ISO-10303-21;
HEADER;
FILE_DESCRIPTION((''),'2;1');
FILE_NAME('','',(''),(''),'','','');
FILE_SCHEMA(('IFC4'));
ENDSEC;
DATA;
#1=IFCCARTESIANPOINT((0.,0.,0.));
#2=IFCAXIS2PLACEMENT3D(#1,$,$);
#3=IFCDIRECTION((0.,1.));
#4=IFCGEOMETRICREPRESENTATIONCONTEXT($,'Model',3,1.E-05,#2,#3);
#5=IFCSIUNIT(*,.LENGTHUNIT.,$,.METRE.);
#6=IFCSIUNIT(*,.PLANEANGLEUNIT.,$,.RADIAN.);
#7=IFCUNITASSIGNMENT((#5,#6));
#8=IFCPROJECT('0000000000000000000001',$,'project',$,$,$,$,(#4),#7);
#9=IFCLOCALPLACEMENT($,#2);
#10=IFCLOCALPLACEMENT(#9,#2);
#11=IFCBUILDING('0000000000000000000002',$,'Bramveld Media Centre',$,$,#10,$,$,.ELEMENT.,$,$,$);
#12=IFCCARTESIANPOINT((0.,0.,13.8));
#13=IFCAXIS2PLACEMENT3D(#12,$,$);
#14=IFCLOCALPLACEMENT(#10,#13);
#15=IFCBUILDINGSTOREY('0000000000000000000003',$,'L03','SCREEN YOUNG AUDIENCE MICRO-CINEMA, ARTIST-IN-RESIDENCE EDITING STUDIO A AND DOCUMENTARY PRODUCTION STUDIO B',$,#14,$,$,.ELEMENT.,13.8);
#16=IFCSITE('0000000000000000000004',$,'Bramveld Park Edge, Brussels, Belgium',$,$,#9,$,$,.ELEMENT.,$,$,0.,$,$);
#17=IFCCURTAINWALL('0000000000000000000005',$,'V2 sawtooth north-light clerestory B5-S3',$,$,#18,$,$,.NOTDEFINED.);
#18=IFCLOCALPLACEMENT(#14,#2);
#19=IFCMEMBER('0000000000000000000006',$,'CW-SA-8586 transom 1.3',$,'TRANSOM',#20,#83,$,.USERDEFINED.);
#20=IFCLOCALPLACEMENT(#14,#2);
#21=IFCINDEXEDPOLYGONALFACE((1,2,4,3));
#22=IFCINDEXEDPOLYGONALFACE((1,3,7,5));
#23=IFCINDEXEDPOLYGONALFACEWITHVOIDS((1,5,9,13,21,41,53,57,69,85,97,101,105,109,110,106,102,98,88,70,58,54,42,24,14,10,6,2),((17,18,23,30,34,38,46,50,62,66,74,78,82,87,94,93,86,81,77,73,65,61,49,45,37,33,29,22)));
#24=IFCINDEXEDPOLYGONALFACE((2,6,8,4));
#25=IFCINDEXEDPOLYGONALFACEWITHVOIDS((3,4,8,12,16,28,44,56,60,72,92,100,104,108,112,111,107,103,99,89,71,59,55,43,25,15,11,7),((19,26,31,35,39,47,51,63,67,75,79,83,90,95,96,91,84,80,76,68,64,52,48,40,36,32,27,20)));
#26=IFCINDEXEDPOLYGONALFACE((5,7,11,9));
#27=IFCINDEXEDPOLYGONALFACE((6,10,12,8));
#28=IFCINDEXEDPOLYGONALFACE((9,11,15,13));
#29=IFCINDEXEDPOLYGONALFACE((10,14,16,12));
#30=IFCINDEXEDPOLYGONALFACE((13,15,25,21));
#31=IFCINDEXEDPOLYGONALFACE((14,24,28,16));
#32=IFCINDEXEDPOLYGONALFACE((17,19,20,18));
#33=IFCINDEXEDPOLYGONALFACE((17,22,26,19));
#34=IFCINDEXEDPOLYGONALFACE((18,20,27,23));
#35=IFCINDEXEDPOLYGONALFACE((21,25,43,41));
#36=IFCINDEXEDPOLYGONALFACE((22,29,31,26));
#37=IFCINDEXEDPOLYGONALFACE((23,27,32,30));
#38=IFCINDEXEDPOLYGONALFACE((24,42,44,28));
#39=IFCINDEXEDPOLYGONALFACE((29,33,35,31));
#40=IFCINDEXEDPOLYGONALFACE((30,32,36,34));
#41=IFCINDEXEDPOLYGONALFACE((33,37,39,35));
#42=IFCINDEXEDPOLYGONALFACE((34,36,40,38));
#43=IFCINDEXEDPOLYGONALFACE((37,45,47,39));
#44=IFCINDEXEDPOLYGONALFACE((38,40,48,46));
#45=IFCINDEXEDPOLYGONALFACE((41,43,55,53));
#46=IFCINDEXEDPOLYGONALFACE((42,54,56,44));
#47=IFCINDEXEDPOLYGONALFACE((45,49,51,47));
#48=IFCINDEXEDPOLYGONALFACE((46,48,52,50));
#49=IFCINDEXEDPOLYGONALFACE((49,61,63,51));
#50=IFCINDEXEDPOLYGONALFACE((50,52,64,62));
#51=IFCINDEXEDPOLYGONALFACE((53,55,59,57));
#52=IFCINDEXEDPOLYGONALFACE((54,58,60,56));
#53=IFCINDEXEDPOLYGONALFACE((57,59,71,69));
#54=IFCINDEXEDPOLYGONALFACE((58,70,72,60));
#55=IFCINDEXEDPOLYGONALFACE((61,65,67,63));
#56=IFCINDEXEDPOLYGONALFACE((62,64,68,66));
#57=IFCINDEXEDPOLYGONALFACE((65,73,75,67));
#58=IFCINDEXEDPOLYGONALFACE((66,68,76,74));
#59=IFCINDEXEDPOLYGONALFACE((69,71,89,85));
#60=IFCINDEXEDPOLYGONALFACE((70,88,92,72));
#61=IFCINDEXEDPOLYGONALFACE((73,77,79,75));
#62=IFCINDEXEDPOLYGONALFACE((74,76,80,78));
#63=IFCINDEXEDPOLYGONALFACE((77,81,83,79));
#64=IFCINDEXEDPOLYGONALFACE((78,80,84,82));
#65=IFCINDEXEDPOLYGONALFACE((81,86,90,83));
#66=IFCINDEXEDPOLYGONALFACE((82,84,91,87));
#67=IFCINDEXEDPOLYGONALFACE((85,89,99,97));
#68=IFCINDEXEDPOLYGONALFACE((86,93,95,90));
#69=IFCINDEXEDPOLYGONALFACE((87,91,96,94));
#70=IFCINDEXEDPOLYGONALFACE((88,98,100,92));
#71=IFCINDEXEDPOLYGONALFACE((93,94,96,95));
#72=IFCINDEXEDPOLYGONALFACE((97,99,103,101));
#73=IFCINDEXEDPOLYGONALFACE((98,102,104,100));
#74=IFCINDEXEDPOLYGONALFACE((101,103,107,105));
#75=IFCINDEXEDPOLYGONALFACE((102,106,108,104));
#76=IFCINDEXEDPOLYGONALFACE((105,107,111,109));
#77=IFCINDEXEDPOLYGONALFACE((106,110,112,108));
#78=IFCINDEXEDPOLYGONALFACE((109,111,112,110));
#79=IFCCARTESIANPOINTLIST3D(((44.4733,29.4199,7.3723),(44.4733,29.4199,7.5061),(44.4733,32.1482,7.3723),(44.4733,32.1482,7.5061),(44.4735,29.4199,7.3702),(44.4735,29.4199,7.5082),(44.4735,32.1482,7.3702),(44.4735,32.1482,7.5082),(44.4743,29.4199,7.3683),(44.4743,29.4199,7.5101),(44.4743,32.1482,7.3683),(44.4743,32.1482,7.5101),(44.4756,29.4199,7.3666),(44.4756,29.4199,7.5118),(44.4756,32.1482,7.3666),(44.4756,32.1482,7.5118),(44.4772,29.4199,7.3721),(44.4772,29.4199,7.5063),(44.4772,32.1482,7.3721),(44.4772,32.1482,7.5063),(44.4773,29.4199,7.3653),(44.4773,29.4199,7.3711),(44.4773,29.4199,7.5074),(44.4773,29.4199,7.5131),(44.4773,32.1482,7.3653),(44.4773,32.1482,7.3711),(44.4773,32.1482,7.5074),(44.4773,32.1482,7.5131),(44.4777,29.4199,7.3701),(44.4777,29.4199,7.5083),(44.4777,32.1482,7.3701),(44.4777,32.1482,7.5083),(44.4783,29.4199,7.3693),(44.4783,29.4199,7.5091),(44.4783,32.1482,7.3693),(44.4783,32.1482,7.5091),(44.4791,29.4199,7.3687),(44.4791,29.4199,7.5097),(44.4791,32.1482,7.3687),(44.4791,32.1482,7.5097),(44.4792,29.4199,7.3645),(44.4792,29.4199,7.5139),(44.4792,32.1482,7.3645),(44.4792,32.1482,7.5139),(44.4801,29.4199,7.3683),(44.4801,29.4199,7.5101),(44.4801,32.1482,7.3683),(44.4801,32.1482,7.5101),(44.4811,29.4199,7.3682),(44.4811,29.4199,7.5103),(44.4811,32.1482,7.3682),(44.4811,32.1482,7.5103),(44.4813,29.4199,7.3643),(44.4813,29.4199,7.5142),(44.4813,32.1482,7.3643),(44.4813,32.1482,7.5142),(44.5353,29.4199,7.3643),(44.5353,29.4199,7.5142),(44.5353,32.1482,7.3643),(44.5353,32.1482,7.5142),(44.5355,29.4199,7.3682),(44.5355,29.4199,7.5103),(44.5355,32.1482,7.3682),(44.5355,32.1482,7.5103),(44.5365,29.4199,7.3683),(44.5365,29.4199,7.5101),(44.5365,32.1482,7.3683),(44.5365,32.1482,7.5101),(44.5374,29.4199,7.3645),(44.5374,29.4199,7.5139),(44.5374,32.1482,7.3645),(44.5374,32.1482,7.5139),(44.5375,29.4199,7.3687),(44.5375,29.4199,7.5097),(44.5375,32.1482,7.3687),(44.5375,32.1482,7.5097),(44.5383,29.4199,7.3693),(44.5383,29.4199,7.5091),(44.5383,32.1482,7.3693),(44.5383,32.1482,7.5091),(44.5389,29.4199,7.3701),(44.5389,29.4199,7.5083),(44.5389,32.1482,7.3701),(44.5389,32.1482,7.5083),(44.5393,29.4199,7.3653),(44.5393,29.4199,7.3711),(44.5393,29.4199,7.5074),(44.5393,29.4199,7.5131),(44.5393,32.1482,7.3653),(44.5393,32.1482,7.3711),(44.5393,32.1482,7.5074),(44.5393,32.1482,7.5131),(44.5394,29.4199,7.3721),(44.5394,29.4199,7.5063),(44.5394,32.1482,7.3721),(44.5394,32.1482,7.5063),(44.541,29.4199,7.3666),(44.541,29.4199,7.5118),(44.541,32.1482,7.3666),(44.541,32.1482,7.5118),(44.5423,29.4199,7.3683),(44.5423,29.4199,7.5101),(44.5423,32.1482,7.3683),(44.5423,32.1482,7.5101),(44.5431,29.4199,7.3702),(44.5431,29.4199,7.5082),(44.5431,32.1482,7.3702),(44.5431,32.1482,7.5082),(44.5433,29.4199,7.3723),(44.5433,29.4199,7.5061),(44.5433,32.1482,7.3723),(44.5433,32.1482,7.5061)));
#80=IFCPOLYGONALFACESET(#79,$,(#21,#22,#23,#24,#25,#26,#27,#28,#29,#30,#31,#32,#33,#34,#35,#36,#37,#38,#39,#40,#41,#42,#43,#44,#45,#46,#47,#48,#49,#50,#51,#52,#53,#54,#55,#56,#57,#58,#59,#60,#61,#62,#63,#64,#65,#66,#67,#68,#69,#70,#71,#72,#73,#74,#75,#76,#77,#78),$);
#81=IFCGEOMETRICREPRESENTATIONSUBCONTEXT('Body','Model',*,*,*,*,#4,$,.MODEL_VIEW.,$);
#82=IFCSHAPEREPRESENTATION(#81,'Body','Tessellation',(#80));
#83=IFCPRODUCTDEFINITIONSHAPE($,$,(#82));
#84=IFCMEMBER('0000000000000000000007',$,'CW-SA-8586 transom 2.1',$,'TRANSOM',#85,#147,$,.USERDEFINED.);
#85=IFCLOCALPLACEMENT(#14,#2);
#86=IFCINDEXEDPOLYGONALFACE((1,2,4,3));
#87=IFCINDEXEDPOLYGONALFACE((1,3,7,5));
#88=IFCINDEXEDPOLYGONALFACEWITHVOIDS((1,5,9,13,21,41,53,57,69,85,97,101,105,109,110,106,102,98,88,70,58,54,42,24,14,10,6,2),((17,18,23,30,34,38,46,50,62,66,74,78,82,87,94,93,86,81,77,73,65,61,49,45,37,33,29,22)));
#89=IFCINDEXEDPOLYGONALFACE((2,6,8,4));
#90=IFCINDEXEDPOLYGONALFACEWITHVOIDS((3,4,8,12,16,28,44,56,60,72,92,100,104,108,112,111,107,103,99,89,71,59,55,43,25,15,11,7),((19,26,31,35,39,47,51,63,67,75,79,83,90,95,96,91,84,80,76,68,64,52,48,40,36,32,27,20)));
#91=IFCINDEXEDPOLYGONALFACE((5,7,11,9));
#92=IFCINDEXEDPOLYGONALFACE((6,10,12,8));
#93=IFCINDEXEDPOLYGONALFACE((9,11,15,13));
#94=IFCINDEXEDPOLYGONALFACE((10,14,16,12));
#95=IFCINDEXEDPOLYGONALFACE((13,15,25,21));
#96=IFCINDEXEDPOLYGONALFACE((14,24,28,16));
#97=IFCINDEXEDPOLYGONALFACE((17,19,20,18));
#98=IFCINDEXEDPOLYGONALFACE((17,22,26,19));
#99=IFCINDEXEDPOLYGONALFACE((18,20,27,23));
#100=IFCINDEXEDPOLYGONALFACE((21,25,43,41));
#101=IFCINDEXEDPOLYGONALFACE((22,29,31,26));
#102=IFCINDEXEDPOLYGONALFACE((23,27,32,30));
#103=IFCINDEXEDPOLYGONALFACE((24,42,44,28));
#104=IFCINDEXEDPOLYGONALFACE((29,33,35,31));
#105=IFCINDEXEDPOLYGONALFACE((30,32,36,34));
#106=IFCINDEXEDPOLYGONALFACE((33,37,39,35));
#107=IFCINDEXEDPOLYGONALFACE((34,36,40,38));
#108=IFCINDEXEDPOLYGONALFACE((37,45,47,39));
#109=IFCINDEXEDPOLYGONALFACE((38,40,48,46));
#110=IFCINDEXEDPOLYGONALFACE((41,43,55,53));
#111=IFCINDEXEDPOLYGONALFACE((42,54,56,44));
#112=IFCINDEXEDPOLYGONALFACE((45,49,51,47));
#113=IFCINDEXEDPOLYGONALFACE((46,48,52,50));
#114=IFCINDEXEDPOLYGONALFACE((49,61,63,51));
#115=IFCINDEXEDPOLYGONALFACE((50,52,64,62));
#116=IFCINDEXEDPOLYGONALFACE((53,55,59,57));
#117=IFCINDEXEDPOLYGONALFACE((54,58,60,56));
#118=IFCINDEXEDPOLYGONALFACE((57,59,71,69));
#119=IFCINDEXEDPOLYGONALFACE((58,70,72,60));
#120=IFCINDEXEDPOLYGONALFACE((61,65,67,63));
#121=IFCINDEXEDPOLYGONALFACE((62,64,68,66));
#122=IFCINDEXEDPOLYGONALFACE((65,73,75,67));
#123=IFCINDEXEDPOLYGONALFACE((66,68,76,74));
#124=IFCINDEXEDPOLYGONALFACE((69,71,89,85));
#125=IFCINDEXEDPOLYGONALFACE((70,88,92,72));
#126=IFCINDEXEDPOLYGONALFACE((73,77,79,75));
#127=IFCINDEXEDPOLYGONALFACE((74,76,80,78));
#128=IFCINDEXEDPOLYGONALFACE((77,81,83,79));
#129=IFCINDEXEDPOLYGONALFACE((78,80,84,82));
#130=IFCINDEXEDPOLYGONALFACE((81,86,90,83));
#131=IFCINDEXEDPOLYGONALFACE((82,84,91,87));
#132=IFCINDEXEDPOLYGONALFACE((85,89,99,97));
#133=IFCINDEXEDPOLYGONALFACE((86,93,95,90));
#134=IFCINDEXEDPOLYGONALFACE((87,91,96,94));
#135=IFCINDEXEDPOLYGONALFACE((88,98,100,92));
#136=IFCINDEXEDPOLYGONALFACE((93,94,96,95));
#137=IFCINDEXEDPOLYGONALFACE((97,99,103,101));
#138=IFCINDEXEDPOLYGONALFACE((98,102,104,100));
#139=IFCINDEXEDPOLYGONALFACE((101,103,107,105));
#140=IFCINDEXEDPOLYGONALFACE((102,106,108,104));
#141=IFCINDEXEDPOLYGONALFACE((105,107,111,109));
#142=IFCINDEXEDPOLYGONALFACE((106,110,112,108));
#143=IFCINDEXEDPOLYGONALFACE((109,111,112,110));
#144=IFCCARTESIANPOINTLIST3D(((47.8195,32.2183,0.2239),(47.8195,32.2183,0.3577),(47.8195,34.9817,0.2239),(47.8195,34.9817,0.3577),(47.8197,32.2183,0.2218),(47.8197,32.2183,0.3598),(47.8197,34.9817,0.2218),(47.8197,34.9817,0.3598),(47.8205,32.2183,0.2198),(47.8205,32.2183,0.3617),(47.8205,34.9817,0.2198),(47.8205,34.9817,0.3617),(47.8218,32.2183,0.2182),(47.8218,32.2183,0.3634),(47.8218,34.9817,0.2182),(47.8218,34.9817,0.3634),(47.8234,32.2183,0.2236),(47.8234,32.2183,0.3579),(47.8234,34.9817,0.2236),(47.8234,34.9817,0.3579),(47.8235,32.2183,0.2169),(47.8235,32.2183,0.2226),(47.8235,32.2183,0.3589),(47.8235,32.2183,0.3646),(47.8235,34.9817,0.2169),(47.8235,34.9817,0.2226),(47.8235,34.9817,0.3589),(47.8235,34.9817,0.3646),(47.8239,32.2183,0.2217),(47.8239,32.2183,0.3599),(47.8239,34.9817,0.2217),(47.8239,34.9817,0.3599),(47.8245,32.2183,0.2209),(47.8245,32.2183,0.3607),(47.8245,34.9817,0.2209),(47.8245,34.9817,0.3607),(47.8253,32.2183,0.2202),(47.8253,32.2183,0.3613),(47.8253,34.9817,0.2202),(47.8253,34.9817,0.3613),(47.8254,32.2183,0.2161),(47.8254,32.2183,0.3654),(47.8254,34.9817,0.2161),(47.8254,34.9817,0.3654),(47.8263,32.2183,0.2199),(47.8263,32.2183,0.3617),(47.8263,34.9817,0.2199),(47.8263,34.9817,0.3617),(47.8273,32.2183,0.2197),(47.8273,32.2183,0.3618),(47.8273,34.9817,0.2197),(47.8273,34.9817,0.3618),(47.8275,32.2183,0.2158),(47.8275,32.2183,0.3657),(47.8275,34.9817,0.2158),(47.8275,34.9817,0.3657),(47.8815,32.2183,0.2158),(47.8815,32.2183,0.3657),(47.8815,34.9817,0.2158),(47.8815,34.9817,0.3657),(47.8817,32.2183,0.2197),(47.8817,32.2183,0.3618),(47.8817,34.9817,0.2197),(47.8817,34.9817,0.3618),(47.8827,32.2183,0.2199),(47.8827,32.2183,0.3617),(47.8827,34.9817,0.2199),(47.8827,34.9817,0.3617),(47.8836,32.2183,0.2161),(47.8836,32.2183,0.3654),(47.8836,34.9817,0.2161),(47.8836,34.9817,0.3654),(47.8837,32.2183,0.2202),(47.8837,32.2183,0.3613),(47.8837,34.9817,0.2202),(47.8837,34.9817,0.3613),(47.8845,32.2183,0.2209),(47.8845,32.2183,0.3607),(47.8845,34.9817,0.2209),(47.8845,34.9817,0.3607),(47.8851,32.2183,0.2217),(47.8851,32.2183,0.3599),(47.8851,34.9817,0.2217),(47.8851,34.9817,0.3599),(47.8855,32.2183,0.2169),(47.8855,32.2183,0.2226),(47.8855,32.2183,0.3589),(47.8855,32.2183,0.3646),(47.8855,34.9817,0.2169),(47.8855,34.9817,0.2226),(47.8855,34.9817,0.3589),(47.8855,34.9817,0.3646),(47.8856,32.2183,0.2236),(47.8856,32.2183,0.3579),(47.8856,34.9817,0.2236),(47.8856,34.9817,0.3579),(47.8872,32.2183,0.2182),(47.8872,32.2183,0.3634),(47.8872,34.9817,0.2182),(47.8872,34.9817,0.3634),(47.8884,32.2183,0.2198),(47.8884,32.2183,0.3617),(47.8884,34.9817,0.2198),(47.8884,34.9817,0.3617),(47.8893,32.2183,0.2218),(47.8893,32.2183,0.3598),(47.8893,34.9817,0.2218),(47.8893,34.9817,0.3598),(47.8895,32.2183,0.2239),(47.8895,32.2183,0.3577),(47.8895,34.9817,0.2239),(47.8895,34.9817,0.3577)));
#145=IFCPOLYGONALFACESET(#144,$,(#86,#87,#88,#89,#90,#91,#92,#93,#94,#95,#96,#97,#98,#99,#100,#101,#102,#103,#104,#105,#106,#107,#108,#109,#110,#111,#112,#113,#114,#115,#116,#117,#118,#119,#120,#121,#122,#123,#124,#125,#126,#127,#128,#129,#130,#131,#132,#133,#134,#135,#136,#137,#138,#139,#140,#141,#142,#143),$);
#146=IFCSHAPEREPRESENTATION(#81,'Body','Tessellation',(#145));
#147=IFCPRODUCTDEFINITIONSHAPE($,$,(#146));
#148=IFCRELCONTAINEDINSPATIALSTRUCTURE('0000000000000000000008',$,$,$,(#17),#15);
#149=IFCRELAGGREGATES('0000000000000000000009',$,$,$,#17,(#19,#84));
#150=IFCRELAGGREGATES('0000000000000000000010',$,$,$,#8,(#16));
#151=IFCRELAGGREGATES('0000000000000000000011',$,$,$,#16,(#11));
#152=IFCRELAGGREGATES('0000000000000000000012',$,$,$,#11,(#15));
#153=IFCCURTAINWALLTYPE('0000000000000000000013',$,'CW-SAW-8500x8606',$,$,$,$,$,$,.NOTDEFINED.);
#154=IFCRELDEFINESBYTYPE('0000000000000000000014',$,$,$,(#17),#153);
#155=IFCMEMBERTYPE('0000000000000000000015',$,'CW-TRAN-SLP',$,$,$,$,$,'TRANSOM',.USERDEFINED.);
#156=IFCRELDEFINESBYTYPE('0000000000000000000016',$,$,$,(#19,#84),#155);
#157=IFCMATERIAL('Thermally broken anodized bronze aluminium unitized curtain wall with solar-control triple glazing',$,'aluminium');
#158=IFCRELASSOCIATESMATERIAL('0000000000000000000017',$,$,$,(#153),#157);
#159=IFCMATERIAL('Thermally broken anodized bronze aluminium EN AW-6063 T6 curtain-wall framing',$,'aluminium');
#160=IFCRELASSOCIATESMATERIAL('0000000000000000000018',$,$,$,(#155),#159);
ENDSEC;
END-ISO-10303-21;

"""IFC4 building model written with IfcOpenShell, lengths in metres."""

from ifc_helpers import new_model, si_unit, direction, frame, origin, origin_2d, place, context, subcontext, project, spatial, hollow_rectangle, extrude, material, material_profile, profile_set, type_object, element, aggregate, save


model = new_model("IFC4")

# Units and contexts
model_context = context("Model", 3, precision=1e-05, world=origin(), true_north=direction((0.0, 1.0)))
body_context = subcontext(model_context, "Body", "Model", "MODEL_VIEW")
ifc_project = project(units=[si_unit("LENGTHUNIT", "METRE"), si_unit("PLANEANGLEUNIT", "RADIAN")], contexts=[model_context])

# Site, building, storey
site_placement = place(None, origin())
site = spatial("IfcSite", under=ifc_project, at=site_placement, Name="Bramveld Park Edge, Brussels, Belgium", CompositionType="ELEMENT", RefElevation=0.0)
building_placement = place(site_placement, origin())
building = spatial("IfcBuilding", under=site, at=building_placement, Name="Bramveld Media Centre", CompositionType="ELEMENT")
storey_placement = place(building_placement, frame((0.0, 0.0, 13.8)))
storey = spatial("IfcBuildingStorey", under=building, at=storey_placement, Name="L03", Description="SCREEN YOUNG AUDIENCE MICRO-CINEMA, ARTIST-IN-RESIDENCE EDITING STUDIO A AND DOCUMENTARY PRODUCTION STUDIO B", CompositionType="ELEMENT", Elevation=13.8)

# Curtain wall, members
ifc_material_1 = material(Name="Thermally broken anodized bronze aluminium unitized curtain wall with solar-control triple glazing", Category="aluminium")
curtain_wall_type = type_object("IfcCurtainWallType", Name="CW-SAW-8500x8606", PredefinedType="NOTDEFINED", material=ifc_material_1)
curtain_wall_placement = place(storey_placement, origin())
curtain_wall = element("IfcCurtainWall", 1, at=curtain_wall_placement, inside=storey, type_object=curtain_wall_type, Name="V2 sawtooth north-light clerestory B5-S3", PredefinedType="NOTDEFINED")
ifc_material_2 = material(Name="Thermally broken anodized bronze aluminium EN AW-6063 T6 curtain-wall framing", Category="aluminium")
ifc_material_profile_1 = material_profile(ifc_material_2, hollow_rectangle(XDim=0.0701, YDim=0.1499, WallThickness=0.0039, InnerFilletRadius=0.0039, OuterFilletRadius=0.0081, at=origin_2d()), Name="AL-TRAN 70x150")
ifc_profile_set_1 = profile_set([ifc_material_profile_1], Name="Thermally broken anodized bronze aluminium EN AW-6063 T6 curtain-wall framing")
member_type_1 = type_object("IfcMemberType", Name="CW-TRAN-SLP", ElementType="TRANSOM", PredefinedType="USERDEFINED", material=ifc_profile_set_1)
member_1_placement = place(storey_placement, frame((44.5083, 29.4199, 7.4392), z_axis=(0.0, 1.0, 0.0), x_axis=(-1.0, 0.0, 0.0)))
member_1 = element("IfcMember", 2, at=member_1_placement, type_object=member_type_1, Name="CW-SA-8586 transom 1.3", ObjectType="TRANSOM", PredefinedType="USERDEFINED", context=body_context, shape_type="SweptSolid", body=[
    extrude(hollow_rectangle(XDim=0.0701, YDim=0.1499, WallThickness=0.0039, InnerFilletRadius=0.0039, OuterFilletRadius=0.0081, at=origin_2d()), origin(), (0.0, 0.0, 1.0), 2.7283),
])
member_2_placement = place(storey_placement, frame((47.8545, 32.2183, 0.2908), z_axis=(0.0, 1.0, 0.0), x_axis=(-1.0, 0.0, 0.0)))
member_2 = element("IfcMember", 3, at=member_2_placement, type_object=member_type_1, Name="CW-SA-8586 transom 2.1", ObjectType="TRANSOM", PredefinedType="USERDEFINED", context=body_context, shape_type="SweptSolid", body=[
    extrude(hollow_rectangle(XDim=0.0701, YDim=0.1499, WallThickness=0.0039, InnerFilletRadius=0.0039, OuterFilletRadius=0.0081, at=origin_2d()), origin(), (0.0, 0.0, 1.0), 2.7634),
])

aggregate(curtain_wall, [member_1, member_2])

save(model, "model.ifc")
